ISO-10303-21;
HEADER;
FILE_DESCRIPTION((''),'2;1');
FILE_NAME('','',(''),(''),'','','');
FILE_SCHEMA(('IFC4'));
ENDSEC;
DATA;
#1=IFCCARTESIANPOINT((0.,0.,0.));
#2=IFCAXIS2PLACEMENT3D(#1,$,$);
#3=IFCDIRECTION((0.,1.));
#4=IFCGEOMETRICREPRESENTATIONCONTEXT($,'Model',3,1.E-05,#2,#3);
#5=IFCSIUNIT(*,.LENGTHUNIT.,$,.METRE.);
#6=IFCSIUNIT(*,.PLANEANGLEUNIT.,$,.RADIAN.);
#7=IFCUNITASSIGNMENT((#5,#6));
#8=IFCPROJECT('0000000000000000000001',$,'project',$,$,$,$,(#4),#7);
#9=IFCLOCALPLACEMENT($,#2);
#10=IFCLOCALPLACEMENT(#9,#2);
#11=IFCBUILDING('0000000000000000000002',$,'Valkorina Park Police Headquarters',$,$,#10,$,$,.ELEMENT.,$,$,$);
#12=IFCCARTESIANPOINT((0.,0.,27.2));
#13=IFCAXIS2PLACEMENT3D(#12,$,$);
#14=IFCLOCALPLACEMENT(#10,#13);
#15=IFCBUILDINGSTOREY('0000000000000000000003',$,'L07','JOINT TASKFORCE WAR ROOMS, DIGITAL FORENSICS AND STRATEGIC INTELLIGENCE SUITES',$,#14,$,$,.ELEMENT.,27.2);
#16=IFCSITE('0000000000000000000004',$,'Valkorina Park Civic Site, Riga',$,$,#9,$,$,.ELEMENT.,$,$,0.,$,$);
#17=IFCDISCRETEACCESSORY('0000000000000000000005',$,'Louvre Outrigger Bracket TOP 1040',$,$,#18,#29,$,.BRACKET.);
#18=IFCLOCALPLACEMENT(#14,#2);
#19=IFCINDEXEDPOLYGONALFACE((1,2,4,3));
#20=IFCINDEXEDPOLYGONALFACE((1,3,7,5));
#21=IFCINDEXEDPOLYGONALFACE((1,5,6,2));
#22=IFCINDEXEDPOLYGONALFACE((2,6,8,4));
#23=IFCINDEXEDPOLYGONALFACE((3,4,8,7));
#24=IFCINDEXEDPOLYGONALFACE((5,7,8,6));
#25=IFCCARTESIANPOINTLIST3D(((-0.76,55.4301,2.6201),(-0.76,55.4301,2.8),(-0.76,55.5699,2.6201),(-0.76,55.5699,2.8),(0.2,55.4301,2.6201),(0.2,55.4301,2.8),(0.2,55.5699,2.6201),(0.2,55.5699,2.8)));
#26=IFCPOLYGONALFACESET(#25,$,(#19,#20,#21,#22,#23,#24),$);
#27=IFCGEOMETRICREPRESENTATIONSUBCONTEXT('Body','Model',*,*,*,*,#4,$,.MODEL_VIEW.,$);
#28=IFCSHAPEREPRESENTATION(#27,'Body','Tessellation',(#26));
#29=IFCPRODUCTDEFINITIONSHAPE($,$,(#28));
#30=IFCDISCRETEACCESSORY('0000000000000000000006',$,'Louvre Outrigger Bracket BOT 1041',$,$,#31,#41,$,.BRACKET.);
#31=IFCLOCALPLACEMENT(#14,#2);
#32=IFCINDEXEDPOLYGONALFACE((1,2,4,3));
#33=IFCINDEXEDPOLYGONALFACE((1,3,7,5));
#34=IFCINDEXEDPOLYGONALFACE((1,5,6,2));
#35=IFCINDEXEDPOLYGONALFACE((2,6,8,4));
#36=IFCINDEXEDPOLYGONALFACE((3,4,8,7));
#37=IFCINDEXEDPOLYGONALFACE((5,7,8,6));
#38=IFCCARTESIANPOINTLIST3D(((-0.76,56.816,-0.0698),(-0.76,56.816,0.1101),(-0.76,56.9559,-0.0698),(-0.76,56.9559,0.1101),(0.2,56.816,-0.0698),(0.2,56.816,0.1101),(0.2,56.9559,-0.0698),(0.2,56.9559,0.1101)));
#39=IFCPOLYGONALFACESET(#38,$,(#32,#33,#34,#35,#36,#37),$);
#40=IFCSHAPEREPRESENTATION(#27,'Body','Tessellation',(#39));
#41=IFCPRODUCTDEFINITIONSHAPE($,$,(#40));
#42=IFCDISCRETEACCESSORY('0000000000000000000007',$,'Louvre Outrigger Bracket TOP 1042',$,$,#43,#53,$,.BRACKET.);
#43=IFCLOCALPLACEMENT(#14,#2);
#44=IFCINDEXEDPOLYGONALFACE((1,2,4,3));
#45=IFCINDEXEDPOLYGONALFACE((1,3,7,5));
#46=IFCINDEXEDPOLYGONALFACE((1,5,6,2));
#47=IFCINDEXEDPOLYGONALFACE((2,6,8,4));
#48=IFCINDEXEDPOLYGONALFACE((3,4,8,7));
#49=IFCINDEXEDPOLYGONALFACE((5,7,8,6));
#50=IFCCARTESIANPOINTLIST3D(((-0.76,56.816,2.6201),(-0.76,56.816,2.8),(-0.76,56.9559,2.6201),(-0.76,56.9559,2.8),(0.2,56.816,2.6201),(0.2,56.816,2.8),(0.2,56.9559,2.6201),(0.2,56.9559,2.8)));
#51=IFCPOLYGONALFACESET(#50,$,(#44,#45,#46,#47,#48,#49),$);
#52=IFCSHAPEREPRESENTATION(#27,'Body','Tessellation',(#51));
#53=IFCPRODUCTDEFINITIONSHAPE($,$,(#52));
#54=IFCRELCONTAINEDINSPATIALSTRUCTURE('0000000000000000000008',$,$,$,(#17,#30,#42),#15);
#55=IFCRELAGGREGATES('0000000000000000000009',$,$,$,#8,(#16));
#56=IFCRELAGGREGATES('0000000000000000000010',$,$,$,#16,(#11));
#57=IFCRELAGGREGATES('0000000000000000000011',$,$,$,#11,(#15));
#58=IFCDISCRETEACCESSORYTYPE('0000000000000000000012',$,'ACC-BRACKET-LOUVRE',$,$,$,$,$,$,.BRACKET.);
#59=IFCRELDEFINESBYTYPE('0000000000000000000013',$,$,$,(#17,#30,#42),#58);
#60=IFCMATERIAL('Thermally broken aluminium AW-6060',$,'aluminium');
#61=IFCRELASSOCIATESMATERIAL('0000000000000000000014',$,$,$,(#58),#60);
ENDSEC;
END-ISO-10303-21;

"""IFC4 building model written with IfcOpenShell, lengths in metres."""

from ifc_helpers import new_model, si_unit, direction, frame, origin, origin_2d, place, context, subcontext, project, spatial, rectangle, extrude, material, type_object, element, save


model = new_model("IFC4")

# Units and contexts
model_context = context("Model", 3, precision=1e-05, world=origin(), true_north=direction((0.0, 1.0)))
body_context = subcontext(model_context, "Body", "Model", "MODEL_VIEW")
ifc_project = project(units=[si_unit("LENGTHUNIT", "METRE"), si_unit("PLANEANGLEUNIT", "RADIAN")], contexts=[model_context])

# Site, building, storey
site_placement = place(None, origin())
site = spatial("IfcSite", under=ifc_project, at=site_placement, Name="Valkorina Park Civic Site, Riga", CompositionType="ELEMENT", RefElevation=0.0)
building_placement = place(site_placement, origin())
building = spatial("IfcBuilding", under=site, at=building_placement, Name="Valkorina Park Police Headquarters", CompositionType="ELEMENT")
storey_placement = place(building_placement, frame((0.0, 0.0, 27.2)))
storey = spatial("IfcBuildingStorey", under=building, at=storey_placement, Name="L07", Description="JOINT TASKFORCE WAR ROOMS, DIGITAL FORENSICS AND STRATEGIC INTELLIGENCE SUITES", CompositionType="ELEMENT", Elevation=27.2)

# Shared definitions
ifc_material_1 = material(Name="Thermally broken aluminium AW-6060", Category="aluminium")

# Discrete accessories
discrete_accessory_type = type_object("IfcDiscreteAccessoryType", Name="ACC-BRACKET-LOUVRE", PredefinedType="BRACKET", material=ifc_material_1)
for number, where, z_axis, x_axis, name in (
    (1, (-0.28, 55.5, 2.6201), (0.0, 0.0, 1.0), (-1.0, 0.0, 0.0), "Louvre Outrigger Bracket TOP 1040"),
    (2, (-0.28, 56.886, -0.0698), (0.0, 0.0, 1.0), (-1.0, 0.0, 0.0), "Louvre Outrigger Bracket BOT 1041"),
    (3, (-0.28, 56.886, 2.6201), (0.0, 0.0, 1.0), (-1.0, 0.0, 0.0), "Louvre Outrigger Bracket TOP 1042"),
):
    element("IfcDiscreteAccessory", number, at=place(storey_placement, frame(where, z_axis=z_axis, x_axis=x_axis)), inside=storey, type_object=discrete_accessory_type, Name=name, PredefinedType="BRACKET", context=body_context, shape_type="SweptSolid", body=[
        extrude(rectangle(XDim=0.96, YDim=0.1399, at=origin_2d()), origin(), (0.0, 0.0, 1.0), 0.1799),
    ])

save(model, "model.ifc")
